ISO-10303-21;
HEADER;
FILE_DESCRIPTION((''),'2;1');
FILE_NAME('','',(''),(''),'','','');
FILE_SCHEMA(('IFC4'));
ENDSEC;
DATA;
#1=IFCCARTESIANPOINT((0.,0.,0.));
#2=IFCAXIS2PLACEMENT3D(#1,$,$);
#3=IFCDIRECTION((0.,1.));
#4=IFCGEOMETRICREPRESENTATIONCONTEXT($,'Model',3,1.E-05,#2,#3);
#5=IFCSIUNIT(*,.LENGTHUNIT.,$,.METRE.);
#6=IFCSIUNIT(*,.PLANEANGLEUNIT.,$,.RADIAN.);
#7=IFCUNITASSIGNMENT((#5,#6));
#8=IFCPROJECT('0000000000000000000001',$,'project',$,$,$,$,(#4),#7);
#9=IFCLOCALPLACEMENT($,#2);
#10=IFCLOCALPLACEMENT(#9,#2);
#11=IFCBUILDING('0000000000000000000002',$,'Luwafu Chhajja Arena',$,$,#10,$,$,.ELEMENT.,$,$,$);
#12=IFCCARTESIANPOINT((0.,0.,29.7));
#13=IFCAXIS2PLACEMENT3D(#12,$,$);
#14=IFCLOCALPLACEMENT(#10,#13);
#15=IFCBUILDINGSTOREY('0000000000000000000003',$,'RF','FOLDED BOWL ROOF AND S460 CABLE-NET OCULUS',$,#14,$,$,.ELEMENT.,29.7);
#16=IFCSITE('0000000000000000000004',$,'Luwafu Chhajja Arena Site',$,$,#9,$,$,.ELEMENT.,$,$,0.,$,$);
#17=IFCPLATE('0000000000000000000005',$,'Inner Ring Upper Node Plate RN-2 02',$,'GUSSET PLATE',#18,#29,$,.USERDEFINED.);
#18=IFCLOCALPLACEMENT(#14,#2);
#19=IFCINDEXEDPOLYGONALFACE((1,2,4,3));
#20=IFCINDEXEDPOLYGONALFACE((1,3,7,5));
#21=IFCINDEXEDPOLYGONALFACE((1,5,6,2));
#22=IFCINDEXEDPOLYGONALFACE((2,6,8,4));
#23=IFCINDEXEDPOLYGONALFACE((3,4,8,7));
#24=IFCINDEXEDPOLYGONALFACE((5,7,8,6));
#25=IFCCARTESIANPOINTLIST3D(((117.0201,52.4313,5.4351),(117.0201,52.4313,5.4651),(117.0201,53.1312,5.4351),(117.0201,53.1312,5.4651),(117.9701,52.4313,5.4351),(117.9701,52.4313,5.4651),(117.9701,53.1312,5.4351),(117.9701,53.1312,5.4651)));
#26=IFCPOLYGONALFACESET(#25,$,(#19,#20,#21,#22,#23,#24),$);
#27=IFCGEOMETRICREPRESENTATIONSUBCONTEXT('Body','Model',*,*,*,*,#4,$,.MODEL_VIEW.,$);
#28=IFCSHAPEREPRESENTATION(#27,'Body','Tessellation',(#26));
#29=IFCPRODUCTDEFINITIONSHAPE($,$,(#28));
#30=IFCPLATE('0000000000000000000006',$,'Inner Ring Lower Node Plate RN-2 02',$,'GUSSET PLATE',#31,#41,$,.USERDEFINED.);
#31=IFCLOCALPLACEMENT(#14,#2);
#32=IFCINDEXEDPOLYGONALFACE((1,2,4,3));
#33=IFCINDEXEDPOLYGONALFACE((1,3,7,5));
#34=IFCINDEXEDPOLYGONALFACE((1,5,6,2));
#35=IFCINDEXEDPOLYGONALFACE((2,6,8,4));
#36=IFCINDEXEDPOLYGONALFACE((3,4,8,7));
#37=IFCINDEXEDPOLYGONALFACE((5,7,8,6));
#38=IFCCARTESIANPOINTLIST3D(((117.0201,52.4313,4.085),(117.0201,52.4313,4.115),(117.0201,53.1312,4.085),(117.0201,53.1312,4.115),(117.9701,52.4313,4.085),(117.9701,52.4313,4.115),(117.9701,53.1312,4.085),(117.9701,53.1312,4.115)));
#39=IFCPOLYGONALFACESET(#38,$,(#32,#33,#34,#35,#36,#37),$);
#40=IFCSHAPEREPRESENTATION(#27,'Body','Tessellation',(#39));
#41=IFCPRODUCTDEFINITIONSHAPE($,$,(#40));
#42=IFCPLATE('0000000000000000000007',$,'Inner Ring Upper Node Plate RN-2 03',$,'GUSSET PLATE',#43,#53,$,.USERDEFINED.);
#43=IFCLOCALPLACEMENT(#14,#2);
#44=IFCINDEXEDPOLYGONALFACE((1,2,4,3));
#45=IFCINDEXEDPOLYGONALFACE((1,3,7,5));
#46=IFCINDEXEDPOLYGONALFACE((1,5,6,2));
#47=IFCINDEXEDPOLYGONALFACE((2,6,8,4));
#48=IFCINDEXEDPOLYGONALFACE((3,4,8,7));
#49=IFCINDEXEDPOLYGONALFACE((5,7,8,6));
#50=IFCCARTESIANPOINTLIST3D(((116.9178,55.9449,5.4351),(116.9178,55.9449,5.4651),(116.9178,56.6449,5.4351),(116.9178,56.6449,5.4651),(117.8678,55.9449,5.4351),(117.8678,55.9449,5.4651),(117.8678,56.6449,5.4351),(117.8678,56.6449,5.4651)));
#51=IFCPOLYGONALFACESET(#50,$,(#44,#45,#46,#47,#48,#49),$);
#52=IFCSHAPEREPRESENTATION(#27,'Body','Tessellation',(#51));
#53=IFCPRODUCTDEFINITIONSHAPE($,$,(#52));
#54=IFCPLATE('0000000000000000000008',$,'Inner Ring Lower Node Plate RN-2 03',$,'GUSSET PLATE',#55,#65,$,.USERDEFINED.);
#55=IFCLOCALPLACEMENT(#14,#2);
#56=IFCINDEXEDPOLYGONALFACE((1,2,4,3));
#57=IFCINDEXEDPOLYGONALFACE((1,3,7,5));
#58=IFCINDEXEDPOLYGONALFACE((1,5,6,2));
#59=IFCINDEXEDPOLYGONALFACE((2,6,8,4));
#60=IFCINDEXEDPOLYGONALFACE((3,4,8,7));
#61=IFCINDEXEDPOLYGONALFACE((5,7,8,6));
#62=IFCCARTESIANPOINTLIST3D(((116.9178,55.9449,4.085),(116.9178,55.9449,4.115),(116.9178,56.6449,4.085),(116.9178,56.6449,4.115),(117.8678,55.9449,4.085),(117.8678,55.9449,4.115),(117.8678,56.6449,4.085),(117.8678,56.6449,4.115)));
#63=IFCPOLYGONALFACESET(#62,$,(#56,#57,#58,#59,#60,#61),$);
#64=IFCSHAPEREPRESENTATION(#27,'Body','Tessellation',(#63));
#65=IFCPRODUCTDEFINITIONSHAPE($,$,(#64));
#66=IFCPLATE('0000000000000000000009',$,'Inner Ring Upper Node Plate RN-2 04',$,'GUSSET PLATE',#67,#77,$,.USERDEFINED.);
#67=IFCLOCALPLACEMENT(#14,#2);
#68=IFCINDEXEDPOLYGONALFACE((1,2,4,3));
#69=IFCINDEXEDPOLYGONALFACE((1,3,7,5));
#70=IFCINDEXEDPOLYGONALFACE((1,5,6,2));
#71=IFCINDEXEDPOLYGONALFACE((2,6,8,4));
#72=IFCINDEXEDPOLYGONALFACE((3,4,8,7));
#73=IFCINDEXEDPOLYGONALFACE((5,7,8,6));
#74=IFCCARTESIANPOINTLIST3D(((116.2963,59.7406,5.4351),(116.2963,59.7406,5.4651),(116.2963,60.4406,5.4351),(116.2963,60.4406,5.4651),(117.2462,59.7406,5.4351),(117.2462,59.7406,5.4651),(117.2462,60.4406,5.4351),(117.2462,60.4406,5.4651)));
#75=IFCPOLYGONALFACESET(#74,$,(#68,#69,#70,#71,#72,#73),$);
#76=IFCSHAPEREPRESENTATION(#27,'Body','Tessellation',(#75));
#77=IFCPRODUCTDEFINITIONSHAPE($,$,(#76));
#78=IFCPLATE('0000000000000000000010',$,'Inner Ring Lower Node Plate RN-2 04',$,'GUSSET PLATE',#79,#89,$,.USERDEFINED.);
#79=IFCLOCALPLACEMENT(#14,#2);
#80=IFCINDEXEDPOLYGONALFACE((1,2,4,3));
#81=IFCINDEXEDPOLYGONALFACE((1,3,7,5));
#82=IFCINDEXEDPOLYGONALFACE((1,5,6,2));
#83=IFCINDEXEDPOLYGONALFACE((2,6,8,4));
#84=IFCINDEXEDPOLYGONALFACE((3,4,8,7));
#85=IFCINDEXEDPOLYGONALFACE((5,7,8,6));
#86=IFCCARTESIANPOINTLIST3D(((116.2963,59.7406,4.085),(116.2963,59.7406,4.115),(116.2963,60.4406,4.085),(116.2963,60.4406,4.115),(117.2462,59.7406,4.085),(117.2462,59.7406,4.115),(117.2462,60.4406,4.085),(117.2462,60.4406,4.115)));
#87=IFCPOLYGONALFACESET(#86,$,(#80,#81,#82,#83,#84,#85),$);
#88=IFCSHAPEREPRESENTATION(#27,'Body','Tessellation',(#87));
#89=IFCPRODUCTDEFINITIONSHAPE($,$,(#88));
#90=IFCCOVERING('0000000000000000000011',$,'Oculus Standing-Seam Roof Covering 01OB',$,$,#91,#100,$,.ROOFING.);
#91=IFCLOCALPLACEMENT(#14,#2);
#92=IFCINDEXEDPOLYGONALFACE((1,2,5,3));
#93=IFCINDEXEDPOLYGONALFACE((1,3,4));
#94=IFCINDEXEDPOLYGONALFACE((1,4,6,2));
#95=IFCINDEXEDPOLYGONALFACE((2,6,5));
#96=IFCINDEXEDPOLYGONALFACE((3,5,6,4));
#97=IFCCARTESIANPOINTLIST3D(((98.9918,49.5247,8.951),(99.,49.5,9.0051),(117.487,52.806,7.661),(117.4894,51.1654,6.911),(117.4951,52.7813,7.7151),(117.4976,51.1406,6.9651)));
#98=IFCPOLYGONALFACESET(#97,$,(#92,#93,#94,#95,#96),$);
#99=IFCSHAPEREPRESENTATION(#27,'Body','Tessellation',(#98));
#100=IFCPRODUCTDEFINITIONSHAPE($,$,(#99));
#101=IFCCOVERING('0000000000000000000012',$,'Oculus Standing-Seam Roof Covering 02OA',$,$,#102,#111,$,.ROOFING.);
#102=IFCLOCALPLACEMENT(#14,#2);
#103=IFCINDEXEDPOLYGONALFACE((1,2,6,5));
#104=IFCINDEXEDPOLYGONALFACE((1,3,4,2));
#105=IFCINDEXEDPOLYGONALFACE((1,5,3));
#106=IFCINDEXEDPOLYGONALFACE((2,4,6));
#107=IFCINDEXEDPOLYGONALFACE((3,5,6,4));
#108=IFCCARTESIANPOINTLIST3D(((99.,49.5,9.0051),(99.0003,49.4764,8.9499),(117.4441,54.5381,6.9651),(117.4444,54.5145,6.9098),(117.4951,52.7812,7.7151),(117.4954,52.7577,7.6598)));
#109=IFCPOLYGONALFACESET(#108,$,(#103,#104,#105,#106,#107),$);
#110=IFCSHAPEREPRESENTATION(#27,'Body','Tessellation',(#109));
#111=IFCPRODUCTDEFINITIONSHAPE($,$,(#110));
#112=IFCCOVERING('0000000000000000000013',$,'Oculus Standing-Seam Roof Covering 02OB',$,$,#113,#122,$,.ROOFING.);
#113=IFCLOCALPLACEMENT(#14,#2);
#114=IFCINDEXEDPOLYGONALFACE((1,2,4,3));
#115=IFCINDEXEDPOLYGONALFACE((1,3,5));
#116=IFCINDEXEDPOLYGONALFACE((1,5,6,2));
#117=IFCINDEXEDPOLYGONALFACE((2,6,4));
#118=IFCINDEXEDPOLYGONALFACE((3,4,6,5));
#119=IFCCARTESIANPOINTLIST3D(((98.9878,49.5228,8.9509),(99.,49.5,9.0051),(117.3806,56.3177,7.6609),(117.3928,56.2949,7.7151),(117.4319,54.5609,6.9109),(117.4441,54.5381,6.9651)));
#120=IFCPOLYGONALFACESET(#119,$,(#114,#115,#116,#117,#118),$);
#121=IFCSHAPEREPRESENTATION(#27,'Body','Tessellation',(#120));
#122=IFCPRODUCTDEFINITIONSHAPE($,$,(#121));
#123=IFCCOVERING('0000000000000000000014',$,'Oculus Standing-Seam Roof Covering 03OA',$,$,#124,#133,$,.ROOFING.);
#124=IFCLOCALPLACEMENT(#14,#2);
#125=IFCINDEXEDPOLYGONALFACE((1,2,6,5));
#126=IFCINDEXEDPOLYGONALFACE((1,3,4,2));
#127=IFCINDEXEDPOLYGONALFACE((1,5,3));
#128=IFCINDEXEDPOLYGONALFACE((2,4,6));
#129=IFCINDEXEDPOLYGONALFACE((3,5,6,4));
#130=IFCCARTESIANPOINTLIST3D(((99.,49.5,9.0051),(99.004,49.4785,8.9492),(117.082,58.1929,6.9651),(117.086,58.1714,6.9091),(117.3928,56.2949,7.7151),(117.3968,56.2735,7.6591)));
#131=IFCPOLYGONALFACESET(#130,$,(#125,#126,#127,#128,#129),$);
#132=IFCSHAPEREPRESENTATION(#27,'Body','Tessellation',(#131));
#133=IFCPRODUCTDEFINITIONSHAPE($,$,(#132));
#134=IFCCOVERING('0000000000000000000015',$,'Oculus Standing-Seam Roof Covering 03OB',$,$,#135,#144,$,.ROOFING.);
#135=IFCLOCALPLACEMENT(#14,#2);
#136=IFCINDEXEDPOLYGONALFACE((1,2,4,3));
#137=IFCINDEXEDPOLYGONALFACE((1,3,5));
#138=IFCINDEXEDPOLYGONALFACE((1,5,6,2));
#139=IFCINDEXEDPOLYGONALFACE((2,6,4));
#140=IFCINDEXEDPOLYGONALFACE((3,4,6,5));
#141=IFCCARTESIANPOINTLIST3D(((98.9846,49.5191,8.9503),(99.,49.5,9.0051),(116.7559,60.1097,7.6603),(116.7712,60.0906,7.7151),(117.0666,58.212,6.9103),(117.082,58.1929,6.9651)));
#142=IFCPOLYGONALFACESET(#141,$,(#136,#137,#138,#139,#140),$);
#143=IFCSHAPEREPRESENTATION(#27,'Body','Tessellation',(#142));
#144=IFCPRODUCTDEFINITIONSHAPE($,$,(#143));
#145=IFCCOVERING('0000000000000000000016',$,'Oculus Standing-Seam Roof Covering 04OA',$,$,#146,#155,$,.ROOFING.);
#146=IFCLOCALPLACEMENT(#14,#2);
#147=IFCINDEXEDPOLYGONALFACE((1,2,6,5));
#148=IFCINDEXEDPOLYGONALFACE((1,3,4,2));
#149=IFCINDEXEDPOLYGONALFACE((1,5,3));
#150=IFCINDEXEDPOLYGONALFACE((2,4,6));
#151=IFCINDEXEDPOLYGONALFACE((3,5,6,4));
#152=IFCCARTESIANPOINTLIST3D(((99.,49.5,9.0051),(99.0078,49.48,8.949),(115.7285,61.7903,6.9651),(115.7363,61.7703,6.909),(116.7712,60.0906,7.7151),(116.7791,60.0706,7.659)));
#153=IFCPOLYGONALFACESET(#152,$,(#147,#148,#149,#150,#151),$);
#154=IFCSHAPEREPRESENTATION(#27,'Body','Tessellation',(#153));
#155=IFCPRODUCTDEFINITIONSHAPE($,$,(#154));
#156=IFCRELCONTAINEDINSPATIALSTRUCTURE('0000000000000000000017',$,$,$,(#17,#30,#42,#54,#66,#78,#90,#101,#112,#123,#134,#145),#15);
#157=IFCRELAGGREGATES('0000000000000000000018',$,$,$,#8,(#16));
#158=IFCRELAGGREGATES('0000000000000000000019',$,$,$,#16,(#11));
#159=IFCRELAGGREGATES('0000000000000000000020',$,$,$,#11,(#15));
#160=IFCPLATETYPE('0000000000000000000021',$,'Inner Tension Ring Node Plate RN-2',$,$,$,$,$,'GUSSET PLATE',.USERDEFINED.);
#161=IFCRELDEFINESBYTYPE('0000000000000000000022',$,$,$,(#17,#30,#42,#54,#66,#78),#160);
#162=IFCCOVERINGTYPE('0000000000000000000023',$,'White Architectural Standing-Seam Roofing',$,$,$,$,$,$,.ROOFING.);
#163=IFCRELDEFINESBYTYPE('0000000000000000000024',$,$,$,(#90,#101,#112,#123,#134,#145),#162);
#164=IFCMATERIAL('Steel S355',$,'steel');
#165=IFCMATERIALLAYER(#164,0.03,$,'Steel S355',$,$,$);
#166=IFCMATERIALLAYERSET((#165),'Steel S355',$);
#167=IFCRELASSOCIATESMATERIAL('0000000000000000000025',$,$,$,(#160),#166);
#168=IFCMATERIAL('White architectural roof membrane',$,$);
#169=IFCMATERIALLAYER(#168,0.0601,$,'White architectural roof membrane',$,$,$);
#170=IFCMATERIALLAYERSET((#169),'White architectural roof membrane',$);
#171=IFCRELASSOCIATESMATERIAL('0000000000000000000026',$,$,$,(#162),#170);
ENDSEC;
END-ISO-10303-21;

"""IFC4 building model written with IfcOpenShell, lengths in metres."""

from ifc_helpers import new_model, si_unit, direction, frame, origin, origin_2d, place, context, subcontext, project, spatial, polyline, rectangle, outline, extrude, material, layer, layer_set, type_object, element, save


model = new_model("IFC4")

# Units and contexts
model_context = context("Model", 3, precision=1e-05, world=origin(), true_north=direction((0.0, 1.0)))
body_context = subcontext(model_context, "Body", "Model", "MODEL_VIEW")
ifc_project = project(units=[si_unit("LENGTHUNIT", "METRE"), si_unit("PLANEANGLEUNIT", "RADIAN")], contexts=[model_context])

# Site, building, storey
site_placement = place(None, origin())
site = spatial("IfcSite", under=ifc_project, at=site_placement, Name="Luwafu Chhajja Arena Site", CompositionType="ELEMENT", RefElevation=0.0)
building_placement = place(site_placement, origin())
building = spatial("IfcBuilding", under=site, at=building_placement, Name="Luwafu Chhajja Arena", CompositionType="ELEMENT")
storey_placement = place(building_placement, frame((0.0, 0.0, 29.7)))
storey = spatial("IfcBuildingStorey", under=building, at=storey_placement, Name="RF", Description="FOLDED BOWL ROOF AND S460 CABLE-NET OCULUS", CompositionType="ELEMENT", Elevation=29.7)

# Shared definitions
ifc_material_1 = material(Name="Steel S355", Category="steel")

# Plates
ifc_layer_1 = layer(ifc_material_1, 0.03, Name="Steel S355")
ifc_layer_set_1 = layer_set([ifc_layer_1], Name="Steel S355")
plate_type = type_object("IfcPlateType", Name="Inner Tension Ring Node Plate RN-2", ElementType="GUSSET PLATE", PredefinedType="USERDEFINED", material=ifc_layer_set_1)
for number, where, z_axis, x_axis, name in (
    (1, (117.4951, 52.7812, 5.4351), (0.0, 0.0, 1.0), (1.0, 0.0, 0.0), "Inner Ring Upper Node Plate RN-2 02"),
    (2, (117.4951, 52.7812, 4.085), (0.0, 0.0, 1.0), (1.0, 0.0, 0.0), "Inner Ring Lower Node Plate RN-2 02"),
    (3, (117.3928, 56.2949, 5.4351), (0.0, 0.0, 1.0), (1.0, 0.0, 0.0), "Inner Ring Upper Node Plate RN-2 03"),
    (4, (117.3928, 56.2949, 4.085), (0.0, 0.0, 1.0), (1.0, 0.0, 0.0), "Inner Ring Lower Node Plate RN-2 03"),
    (5, (116.7712, 60.0906, 5.4351), (0.0, 0.0, 1.0), (1.0, 0.0, 0.0), "Inner Ring Upper Node Plate RN-2 04"),
    (6, (116.7712, 60.0906, 4.085), (0.0, 0.0, 1.0), (1.0, 0.0, 0.0), "Inner Ring Lower Node Plate RN-2 04"),
):
    element("IfcPlate", number, at=place(storey_placement, frame(where, z_axis=z_axis, x_axis=x_axis)), inside=storey, type_object=plate_type, Name=name, ObjectType="GUSSET PLATE", PredefinedType="USERDEFINED", context=body_context, shape_type="SweptSolid", body=[
        extrude(rectangle(XDim=0.95, YDim=0.7, at=origin_2d()), origin(), (0.0, 0.0, 1.0), 0.03),
    ])

# Coverings
ifc_material_2 = material(Name="White architectural roof membrane")
ifc_layer_2 = layer(ifc_material_2, 0.0601, Name="White architectural roof membrane")
ifc_layer_set_2 = layer_set([ifc_layer_2], Name="White architectural roof membrane")
covering_type = type_object("IfcCoveringType", Name="White Architectural Standing-Seam Roofing", PredefinedType="ROOFING", material=ifc_layer_set_2)
covering_1_placement = place(storey_placement, frame((117.4976, 51.1406, 6.9651), z_axis=(0.1359, -0.411735, 0.901113), x_axis=(-0.001353, 0.909474, 0.415759)))
element("IfcCovering", 7, at=covering_1_placement, inside=storey, type_object=covering_type, Name="Oculus Standing-Seam Roof Covering 01OB", PredefinedType="ROOFING", context=body_context, shape_type="SweptSolid", body=[
    extrude(outline(polyline([(0.0, 0.0), (1.8039, 0.0), (-0.6189, 18.6716), (0.0, 0.0)])), origin(), (0.0, 0.0, -1.0), 0.0601),
])
covering_2_placement = place(storey_placement, frame((117.4951, 52.7812, 7.7151), z_axis=(-0.005479, 0.392483, 0.919743), x_axis=(-0.026702, 0.919371, -0.392483)))
element("IfcCovering", 8, at=covering_2_placement, inside=storey, type_object=covering_type, Name="Oculus Standing-Seam Roof Covering 02OA", PredefinedType="ROOFING", context=body_context, shape_type="SweptSolid", body=[
    extrude(outline(polyline([(0.0, 0.0), (1.9109, 0.0), (-3.0291, 18.5829), (0.0, 0.0)])), origin(), (0.0, 0.0, -1.0), 0.0601),
])
covering_3_placement = place(storey_placement, frame((117.4441, 54.5381, 6.9651), z_axis=(0.203463, -0.379382, 0.902592), x_axis=(-0.02683, 0.919368, 0.392482)))
element("IfcCovering", 9, at=covering_3_placement, inside=storey, type_object=covering_type, Name="Oculus Standing-Seam Roof Covering 02OB", PredefinedType="ROOFING", context=body_context, shape_type="SweptSolid", body=[
    extrude(outline(polyline([(0.0, 0.0), (1.9109, 0.0), (-3.3363, 18.9367), (0.0, 0.0)])), origin(), (0.0, 0.0, -1.0), 0.0601),
])
covering_4_placement = place(storey_placement, frame((117.3928, 56.2949, 7.7151), z_axis=(-0.066632, 0.357237, 0.931634), x_axis=(-0.150556, 0.919419, -0.363321)))
element("IfcCovering", 10, at=covering_4_placement, inside=storey, type_object=covering_type, Name="Oculus Standing-Seam Roof Covering 03OA", PredefinedType="ROOFING", context=body_context, shape_type="SweptSolid", body=[
    extrude(outline(polyline([(0.0, 0.0), (2.0643, 0.0), (-3.9469, 19.2497), (0.0, 0.0)])), origin(), (0.0, 0.0, -1.0), 0.0601),
])
covering_5_placement = place(storey_placement, frame((117.082, 58.1929, 6.9651), z_axis=(0.256177, -0.318709, 0.912578), x_axis=(-0.150572, 0.919401, 0.36336)))
element("IfcCovering", 11, at=covering_5_placement, inside=storey, type_object=covering_type, Name="Oculus Standing-Seam Roof Covering 03OB", PredefinedType="ROOFING", context=body_context, shape_type="SweptSolid", body=[
    extrude(outline(polyline([(0.0, 0.0), (2.0641, 0.0), (-4.5283, 19.6515), (0.0, 0.0)])), origin(), (0.0, 0.0, -1.0), 0.0601),
])
covering_6_placement = place(storey_placement, frame((116.7712, 60.0906, 7.7151), z_axis=(-0.130222, 0.332304, 0.934139), x_axis=(-0.489441, 0.797819, -0.35204)))
element("IfcCovering", 12, at=covering_6_placement, inside=storey, type_object=covering_type, Name="Oculus Standing-Seam Roof Covering 04OA", PredefinedType="ROOFING", context=body_context, shape_type="SweptSolid", body=[
    extrude(outline(polyline([(0.0, 0.0), (2.1304, 0.0), (-0.2055, 20.7268), (0.0, 0.0)])), origin(), (0.0, 0.0, -1.0), 0.0601),
])

save(model, "model.ifc")
